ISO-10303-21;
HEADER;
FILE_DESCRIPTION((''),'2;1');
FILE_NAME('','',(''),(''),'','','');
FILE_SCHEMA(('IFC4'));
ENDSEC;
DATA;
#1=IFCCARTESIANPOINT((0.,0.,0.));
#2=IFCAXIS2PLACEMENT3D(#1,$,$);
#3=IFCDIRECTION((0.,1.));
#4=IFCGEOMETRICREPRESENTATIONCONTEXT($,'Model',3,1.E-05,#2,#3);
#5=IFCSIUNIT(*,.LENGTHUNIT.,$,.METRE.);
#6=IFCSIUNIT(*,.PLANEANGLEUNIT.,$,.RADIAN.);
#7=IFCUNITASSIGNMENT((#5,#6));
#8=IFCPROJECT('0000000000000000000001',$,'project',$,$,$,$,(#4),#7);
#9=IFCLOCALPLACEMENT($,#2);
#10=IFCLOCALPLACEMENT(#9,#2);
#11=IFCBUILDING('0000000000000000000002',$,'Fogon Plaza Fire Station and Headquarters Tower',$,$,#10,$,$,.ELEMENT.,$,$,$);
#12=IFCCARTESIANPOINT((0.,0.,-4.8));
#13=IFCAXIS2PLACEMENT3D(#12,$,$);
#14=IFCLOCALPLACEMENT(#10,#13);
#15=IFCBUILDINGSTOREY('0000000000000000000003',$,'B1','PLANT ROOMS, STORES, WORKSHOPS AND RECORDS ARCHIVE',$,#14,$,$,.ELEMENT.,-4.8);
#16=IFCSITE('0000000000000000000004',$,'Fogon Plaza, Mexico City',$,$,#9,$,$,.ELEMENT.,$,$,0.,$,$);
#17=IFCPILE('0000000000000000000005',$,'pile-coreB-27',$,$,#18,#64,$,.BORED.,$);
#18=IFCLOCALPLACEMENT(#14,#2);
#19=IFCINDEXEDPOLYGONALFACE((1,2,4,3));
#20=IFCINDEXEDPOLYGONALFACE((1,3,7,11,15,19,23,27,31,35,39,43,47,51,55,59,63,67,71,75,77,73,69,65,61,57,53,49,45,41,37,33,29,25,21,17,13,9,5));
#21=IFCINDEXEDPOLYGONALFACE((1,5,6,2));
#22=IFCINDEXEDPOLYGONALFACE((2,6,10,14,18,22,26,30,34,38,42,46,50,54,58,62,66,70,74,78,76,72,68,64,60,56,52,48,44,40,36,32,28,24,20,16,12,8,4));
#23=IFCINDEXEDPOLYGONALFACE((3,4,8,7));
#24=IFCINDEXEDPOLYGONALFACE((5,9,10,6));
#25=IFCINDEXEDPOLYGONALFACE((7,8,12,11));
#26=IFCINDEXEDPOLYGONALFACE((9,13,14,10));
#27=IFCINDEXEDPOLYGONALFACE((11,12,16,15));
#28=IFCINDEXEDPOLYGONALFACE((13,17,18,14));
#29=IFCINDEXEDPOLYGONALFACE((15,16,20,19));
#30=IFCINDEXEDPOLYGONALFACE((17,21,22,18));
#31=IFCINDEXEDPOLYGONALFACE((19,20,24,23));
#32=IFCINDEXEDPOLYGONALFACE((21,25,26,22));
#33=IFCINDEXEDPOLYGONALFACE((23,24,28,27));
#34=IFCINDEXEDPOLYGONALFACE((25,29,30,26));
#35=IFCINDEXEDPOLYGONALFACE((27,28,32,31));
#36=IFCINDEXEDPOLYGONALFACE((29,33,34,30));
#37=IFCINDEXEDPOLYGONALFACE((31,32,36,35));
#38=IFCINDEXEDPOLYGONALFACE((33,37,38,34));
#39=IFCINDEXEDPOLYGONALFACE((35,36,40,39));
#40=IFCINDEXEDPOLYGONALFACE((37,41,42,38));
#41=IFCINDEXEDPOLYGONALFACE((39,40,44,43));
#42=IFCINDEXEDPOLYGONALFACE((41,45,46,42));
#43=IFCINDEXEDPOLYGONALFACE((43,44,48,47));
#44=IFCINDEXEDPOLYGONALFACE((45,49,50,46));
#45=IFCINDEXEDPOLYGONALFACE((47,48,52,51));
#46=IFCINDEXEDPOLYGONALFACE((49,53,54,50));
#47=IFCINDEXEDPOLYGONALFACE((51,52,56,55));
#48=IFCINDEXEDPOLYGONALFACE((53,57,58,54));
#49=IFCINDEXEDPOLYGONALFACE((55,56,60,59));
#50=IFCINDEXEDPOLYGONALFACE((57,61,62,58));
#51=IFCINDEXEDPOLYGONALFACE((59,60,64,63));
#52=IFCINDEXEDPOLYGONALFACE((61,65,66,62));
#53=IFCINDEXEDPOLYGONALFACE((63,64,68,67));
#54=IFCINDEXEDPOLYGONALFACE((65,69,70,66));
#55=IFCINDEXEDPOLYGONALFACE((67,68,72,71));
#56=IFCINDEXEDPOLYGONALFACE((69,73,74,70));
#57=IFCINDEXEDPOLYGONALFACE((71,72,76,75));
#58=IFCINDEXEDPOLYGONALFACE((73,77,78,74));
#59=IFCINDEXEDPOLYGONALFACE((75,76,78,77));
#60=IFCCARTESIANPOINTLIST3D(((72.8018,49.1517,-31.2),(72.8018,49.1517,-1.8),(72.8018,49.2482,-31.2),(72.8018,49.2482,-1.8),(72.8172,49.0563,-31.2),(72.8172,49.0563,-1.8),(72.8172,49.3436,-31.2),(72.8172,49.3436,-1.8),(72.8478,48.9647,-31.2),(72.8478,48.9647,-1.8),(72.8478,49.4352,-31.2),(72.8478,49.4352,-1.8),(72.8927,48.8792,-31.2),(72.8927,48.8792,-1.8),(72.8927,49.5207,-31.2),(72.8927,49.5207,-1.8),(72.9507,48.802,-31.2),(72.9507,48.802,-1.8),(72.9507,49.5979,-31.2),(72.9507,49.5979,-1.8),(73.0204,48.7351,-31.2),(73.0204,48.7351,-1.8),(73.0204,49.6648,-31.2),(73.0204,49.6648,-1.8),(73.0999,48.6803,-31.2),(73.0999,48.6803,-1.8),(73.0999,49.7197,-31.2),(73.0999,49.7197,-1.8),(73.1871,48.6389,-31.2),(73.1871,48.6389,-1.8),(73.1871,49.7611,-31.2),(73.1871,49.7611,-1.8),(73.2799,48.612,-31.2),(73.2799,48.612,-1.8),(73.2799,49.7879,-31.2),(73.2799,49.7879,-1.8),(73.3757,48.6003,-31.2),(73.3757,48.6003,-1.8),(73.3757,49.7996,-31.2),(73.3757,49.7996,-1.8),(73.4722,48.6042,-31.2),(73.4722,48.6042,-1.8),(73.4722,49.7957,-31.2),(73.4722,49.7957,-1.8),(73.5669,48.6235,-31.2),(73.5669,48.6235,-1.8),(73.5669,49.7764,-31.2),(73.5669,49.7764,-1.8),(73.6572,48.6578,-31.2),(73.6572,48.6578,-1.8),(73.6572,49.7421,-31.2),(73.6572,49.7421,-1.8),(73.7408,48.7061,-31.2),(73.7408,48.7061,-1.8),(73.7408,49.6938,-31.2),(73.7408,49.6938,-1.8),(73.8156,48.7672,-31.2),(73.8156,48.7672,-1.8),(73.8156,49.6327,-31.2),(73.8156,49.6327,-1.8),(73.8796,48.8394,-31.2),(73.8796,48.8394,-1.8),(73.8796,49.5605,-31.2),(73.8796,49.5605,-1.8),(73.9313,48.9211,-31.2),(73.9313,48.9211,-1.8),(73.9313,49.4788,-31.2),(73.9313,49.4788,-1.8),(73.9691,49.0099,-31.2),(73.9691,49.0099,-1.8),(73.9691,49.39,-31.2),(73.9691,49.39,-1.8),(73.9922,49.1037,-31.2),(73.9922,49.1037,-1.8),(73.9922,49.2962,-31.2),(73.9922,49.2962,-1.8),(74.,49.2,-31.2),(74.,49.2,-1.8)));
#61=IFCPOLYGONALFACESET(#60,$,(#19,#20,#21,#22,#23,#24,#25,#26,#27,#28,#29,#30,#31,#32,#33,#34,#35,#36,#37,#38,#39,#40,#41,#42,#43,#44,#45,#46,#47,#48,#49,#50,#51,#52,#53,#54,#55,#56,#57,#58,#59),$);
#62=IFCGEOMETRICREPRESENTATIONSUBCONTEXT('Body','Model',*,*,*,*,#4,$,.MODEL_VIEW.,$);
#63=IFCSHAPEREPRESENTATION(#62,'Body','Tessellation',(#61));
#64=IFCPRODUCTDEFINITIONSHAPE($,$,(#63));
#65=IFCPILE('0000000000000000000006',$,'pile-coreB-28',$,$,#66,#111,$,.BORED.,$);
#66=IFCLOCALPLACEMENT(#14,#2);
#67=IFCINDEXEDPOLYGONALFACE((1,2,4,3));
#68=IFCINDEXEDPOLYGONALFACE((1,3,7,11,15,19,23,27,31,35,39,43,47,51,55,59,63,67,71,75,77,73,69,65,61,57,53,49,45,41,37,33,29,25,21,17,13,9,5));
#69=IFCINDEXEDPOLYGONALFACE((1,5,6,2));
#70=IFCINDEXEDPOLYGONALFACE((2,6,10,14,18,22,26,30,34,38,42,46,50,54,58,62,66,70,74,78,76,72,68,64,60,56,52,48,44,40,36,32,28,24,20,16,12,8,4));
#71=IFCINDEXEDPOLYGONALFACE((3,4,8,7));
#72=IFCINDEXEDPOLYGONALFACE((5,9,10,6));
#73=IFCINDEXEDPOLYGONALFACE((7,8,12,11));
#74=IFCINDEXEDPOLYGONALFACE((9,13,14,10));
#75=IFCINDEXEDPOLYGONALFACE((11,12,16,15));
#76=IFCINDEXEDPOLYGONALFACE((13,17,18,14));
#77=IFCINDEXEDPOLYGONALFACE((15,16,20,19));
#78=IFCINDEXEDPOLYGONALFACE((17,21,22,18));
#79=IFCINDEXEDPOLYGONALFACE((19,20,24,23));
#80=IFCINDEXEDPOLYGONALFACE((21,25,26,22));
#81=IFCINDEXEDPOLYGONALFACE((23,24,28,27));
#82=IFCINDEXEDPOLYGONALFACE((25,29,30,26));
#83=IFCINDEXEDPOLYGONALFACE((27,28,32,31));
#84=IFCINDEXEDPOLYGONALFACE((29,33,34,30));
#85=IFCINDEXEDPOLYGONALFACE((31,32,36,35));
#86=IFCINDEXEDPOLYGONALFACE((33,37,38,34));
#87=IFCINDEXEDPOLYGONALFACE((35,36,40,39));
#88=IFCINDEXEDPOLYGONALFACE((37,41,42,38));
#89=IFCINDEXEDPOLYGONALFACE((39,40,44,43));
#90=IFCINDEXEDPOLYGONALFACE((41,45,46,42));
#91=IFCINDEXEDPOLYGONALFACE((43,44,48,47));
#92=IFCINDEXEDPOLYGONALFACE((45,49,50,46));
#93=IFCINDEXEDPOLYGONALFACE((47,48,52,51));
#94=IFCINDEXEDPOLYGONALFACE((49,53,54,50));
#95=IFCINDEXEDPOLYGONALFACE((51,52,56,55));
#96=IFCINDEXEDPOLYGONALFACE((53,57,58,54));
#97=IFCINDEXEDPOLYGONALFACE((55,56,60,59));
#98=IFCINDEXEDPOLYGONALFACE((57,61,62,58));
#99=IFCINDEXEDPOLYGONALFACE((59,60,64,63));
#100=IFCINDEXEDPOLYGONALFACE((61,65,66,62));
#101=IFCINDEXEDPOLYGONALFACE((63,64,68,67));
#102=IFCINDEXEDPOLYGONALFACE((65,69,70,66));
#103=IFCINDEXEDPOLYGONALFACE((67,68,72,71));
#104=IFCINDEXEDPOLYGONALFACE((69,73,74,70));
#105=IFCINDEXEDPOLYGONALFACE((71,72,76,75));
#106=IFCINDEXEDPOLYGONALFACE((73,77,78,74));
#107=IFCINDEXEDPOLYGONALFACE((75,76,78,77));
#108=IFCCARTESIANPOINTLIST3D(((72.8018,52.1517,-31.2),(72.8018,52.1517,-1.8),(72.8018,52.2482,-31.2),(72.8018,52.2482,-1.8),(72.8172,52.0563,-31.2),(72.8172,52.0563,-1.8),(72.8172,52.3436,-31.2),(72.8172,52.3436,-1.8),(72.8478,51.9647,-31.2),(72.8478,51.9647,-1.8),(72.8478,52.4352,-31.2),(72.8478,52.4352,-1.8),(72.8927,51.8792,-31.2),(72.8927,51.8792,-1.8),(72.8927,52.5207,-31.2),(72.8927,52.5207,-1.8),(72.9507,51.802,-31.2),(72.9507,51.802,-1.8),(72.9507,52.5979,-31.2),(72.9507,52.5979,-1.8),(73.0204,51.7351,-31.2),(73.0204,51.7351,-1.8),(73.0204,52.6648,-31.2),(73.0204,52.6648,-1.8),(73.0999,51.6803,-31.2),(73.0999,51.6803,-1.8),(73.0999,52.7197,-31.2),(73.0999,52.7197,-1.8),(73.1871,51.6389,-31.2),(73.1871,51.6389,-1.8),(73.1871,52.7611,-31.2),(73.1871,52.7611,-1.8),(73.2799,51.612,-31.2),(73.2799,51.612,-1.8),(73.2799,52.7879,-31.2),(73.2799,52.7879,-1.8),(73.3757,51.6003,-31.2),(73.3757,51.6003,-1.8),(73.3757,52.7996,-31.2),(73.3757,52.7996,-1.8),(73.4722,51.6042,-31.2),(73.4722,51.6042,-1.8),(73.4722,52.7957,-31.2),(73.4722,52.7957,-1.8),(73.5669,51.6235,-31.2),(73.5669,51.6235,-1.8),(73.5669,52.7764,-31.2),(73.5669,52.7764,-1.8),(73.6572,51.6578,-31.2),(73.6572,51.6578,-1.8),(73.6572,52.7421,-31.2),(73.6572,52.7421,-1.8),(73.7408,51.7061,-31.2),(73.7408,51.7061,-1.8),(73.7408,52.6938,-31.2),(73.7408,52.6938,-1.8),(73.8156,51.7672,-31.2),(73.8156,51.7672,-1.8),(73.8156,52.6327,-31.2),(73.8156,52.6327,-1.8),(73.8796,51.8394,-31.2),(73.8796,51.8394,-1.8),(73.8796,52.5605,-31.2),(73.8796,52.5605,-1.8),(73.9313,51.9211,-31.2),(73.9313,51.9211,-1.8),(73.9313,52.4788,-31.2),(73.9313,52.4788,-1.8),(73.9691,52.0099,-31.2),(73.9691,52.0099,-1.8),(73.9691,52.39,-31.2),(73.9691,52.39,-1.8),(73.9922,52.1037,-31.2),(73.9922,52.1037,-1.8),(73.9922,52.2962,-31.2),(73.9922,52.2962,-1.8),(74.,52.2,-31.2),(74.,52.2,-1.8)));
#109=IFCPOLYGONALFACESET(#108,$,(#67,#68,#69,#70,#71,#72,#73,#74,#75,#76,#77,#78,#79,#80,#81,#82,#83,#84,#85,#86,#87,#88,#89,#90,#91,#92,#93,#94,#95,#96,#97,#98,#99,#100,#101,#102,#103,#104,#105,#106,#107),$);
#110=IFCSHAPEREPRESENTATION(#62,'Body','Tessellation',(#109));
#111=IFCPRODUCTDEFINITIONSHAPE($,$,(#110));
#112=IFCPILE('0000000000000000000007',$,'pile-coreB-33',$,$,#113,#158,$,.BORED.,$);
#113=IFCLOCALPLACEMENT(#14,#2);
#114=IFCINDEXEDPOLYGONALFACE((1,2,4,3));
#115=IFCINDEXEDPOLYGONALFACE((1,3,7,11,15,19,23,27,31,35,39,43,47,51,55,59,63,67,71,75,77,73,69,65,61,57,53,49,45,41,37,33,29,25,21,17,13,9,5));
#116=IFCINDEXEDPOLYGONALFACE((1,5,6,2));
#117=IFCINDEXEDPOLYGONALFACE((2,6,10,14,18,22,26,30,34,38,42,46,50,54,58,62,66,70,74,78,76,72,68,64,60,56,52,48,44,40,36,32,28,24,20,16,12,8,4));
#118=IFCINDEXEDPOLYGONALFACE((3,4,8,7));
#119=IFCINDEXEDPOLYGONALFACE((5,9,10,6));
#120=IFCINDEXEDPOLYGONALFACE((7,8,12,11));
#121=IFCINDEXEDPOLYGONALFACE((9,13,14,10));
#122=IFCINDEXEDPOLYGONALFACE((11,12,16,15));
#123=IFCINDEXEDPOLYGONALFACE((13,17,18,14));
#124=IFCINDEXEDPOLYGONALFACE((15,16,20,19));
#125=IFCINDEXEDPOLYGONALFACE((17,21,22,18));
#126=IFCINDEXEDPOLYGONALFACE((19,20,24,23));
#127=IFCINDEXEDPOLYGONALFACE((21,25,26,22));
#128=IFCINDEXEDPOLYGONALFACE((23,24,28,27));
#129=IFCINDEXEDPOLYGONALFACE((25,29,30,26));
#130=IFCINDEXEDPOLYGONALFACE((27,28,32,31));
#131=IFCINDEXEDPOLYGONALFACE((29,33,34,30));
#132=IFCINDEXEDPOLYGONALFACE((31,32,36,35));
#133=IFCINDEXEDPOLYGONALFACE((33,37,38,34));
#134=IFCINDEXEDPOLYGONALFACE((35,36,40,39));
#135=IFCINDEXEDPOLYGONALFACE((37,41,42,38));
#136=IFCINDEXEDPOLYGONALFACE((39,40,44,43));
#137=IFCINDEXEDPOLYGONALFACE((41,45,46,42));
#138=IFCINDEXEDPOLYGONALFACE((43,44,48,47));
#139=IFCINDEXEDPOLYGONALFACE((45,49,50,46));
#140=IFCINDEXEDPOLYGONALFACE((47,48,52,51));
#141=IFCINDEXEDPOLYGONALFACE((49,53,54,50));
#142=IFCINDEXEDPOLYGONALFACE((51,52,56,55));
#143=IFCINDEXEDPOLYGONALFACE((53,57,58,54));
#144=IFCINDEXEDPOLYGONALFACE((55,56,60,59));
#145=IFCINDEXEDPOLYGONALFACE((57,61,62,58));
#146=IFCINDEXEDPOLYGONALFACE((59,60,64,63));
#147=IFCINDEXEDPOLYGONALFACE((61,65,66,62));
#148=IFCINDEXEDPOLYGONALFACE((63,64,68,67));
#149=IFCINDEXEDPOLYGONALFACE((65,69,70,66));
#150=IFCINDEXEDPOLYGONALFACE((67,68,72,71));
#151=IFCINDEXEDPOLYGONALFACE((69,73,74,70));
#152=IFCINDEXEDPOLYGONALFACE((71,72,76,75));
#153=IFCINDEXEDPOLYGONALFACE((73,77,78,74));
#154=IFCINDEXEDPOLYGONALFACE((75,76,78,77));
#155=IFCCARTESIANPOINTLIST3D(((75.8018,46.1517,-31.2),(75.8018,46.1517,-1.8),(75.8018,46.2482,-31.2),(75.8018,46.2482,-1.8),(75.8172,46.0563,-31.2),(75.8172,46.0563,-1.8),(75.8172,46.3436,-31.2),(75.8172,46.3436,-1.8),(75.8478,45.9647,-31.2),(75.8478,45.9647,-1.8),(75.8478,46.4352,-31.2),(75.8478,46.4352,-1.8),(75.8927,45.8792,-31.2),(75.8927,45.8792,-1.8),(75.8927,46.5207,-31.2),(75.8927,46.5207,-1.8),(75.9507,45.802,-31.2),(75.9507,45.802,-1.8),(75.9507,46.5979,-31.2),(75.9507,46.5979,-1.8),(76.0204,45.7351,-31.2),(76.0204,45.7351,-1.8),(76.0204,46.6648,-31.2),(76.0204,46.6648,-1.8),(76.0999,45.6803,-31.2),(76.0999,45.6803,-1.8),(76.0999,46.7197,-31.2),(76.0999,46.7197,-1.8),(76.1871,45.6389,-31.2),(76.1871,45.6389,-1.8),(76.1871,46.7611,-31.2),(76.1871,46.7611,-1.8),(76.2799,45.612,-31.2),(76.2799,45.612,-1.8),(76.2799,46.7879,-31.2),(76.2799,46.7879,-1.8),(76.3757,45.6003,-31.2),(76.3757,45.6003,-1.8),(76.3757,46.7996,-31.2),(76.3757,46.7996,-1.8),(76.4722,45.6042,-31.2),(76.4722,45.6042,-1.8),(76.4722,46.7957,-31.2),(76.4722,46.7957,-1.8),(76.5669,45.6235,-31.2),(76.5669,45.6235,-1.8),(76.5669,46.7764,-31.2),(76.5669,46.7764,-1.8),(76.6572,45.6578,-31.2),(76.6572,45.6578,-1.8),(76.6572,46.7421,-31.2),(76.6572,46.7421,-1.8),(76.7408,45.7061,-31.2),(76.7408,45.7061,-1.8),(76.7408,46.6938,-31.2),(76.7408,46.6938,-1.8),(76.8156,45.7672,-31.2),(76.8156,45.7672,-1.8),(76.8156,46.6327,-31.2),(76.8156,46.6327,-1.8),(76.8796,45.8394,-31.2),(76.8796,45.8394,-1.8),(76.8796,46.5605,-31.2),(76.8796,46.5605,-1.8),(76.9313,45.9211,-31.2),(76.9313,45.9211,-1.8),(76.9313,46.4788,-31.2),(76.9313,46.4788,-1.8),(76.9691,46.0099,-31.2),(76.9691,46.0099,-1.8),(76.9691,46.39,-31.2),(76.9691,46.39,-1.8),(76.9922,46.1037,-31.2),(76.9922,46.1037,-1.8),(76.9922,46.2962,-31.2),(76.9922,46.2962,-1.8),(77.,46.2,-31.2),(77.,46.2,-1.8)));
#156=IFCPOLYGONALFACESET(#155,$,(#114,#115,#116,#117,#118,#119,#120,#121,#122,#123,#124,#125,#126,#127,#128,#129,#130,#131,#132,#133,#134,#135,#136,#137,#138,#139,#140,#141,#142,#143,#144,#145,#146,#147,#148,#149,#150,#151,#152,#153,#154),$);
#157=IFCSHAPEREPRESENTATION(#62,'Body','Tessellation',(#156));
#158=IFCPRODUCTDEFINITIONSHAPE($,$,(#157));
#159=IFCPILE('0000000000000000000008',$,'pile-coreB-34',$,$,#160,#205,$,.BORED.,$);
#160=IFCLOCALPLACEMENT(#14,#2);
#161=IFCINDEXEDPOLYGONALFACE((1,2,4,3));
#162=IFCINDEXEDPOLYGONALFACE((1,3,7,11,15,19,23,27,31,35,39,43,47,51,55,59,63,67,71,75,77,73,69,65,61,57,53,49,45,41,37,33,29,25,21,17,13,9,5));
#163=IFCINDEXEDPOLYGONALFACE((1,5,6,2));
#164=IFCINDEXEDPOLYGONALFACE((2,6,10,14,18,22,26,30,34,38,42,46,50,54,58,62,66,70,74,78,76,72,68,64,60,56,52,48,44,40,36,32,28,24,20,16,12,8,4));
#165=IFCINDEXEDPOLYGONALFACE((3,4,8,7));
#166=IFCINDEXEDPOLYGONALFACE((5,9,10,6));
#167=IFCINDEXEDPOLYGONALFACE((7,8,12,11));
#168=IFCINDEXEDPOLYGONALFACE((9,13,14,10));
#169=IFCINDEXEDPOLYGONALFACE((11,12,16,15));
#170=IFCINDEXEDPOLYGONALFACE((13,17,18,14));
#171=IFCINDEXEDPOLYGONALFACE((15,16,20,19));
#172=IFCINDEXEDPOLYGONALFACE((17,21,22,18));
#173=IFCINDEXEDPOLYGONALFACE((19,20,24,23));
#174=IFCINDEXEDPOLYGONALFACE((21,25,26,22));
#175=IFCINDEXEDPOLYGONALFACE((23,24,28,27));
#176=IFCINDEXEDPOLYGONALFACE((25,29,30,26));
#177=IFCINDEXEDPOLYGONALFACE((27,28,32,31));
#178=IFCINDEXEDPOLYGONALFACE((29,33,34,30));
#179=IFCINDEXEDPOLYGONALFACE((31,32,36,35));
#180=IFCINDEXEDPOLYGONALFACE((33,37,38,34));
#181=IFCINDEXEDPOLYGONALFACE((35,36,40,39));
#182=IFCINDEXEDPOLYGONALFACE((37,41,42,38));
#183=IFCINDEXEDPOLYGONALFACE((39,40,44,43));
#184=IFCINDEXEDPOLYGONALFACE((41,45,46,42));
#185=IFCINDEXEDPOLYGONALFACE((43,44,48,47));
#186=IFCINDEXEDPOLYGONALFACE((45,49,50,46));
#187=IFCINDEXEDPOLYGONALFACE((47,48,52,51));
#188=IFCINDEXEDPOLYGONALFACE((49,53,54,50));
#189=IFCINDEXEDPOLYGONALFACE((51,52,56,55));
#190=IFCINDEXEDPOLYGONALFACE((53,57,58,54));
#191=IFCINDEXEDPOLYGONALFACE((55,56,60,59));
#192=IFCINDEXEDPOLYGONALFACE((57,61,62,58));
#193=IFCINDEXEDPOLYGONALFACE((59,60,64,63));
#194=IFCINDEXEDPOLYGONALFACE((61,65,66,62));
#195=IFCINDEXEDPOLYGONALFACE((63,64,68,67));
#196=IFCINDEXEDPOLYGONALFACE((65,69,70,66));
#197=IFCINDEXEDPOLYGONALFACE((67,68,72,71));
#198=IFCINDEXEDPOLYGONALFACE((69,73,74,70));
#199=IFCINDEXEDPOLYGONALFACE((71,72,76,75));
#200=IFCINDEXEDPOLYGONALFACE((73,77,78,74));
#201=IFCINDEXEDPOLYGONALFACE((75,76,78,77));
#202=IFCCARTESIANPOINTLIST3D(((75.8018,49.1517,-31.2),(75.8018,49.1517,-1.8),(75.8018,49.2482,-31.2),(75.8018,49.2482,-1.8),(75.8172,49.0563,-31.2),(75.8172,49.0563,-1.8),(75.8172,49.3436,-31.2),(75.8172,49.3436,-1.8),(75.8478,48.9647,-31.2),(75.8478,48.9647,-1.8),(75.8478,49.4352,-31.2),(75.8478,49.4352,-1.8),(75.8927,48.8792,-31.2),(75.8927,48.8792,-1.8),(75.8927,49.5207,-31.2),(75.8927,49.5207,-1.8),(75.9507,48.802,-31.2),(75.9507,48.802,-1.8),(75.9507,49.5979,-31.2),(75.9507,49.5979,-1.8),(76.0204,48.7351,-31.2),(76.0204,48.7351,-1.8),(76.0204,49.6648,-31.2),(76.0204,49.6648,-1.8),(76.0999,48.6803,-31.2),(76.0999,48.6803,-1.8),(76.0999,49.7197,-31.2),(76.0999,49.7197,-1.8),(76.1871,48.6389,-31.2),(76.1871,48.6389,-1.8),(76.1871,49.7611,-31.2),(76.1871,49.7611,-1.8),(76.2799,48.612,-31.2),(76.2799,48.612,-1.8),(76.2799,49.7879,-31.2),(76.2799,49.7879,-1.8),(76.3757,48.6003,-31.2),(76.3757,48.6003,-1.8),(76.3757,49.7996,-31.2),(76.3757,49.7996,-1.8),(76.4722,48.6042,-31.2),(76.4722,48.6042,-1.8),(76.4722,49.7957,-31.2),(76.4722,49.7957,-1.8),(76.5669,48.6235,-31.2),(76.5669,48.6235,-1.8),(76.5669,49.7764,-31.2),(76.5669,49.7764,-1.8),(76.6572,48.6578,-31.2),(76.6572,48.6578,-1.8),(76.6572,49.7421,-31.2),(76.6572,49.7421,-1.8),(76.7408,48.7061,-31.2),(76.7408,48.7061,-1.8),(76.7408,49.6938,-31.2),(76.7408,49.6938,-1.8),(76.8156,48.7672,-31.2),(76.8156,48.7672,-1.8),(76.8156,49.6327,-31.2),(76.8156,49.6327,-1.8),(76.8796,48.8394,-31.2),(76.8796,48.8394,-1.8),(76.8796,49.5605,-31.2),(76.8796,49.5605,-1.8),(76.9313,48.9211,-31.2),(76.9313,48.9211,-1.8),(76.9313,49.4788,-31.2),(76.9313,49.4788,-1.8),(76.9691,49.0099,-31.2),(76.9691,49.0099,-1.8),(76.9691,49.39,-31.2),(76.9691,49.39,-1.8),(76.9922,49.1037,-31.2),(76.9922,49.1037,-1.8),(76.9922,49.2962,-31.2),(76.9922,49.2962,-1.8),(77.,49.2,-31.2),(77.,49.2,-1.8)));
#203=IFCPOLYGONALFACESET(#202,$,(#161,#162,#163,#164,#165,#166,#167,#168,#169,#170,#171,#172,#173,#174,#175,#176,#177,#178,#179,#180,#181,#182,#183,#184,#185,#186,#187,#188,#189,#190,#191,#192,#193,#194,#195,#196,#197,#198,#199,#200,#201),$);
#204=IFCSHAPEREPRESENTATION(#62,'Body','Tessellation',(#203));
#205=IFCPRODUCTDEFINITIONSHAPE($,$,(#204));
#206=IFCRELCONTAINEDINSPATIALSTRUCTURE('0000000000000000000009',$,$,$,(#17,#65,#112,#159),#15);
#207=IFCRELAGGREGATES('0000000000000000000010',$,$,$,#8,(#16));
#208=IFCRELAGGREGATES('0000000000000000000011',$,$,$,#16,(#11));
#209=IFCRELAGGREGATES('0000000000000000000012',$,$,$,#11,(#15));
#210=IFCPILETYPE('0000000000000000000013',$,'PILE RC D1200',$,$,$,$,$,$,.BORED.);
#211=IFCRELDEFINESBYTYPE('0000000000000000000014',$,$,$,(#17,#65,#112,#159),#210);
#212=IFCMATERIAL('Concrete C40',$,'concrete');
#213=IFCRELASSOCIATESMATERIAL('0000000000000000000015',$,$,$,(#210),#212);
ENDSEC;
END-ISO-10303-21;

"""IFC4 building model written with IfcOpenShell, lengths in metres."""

from ifc_helpers import new_model, si_unit, direction, frame, origin, origin_2d, place, context, subcontext, project, spatial, circle, extrude, material, material_profile, profile_set, type_object, element, save


model = new_model("IFC4")

# Units and contexts
model_context = context("Model", 3, precision=1e-05, world=origin(), true_north=direction((0.0, 1.0)))
body_context = subcontext(model_context, "Body", "Model", "MODEL_VIEW")
ifc_project = project(units=[si_unit("LENGTHUNIT", "METRE"), si_unit("PLANEANGLEUNIT", "RADIAN")], contexts=[model_context])

# Site, building, storey
site_placement = place(None, origin())
site = spatial("IfcSite", under=ifc_project, at=site_placement, Name="Fogon Plaza, Mexico City", CompositionType="ELEMENT", RefElevation=0.0)
building_placement = place(site_placement, origin())
building = spatial("IfcBuilding", under=site, at=building_placement, Name="Fogon Plaza Fire Station and Headquarters Tower", CompositionType="ELEMENT")
storey_placement = place(building_placement, frame((0.0, 0.0, -4.8)))
storey = spatial("IfcBuildingStorey", under=building, at=storey_placement, Name="B1", Description="PLANT ROOMS, STORES, WORKSHOPS AND RECORDS ARCHIVE", CompositionType="ELEMENT", Elevation=-4.8)

# Piles
ifc_material_1 = material(Name="Concrete C40", Category="concrete")
ifc_material_profile_1 = material_profile(ifc_material_1, circle(Radius=0.6001, at=origin_2d()), Name="RC D1200")
ifc_profile_set_1 = profile_set([ifc_material_profile_1], Name="Concrete C40")
pile_type_1 = type_object("IfcPileType", Name="PILE RC D1200", PredefinedType="BORED", material=ifc_profile_set_1)
for number, where, z_axis, x_axis, name in (
    (1, (73.3999, 49.2, -1.8), (0.0, 0.0, -1.0), (1.0, 0.0, 0.0), "pile-coreB-27"),
    (2, (73.3999, 52.2, -1.8), (0.0, 0.0, -1.0), (1.0, 0.0, 0.0), "pile-coreB-28"),
    (3, (76.3999, 46.2, -1.8), (0.0, 0.0, -1.0), (1.0, 0.0, 0.0), "pile-coreB-33"),
    (4, (76.3999, 49.2, -1.8), (0.0, 0.0, -1.0), (1.0, 0.0, 0.0), "pile-coreB-34"),
):
    element("IfcPile", number, at=place(storey_placement, frame(where, z_axis=z_axis, x_axis=x_axis)), inside=storey, type_object=pile_type_1, Name=name, PredefinedType="BORED", context=body_context, shape_type="SweptSolid", body=[
        extrude(circle(Radius=0.6001, at=origin_2d()), origin(), (0.0, 0.0, 1.0), 29.3999),
    ])

save(model, "model.ifc")
